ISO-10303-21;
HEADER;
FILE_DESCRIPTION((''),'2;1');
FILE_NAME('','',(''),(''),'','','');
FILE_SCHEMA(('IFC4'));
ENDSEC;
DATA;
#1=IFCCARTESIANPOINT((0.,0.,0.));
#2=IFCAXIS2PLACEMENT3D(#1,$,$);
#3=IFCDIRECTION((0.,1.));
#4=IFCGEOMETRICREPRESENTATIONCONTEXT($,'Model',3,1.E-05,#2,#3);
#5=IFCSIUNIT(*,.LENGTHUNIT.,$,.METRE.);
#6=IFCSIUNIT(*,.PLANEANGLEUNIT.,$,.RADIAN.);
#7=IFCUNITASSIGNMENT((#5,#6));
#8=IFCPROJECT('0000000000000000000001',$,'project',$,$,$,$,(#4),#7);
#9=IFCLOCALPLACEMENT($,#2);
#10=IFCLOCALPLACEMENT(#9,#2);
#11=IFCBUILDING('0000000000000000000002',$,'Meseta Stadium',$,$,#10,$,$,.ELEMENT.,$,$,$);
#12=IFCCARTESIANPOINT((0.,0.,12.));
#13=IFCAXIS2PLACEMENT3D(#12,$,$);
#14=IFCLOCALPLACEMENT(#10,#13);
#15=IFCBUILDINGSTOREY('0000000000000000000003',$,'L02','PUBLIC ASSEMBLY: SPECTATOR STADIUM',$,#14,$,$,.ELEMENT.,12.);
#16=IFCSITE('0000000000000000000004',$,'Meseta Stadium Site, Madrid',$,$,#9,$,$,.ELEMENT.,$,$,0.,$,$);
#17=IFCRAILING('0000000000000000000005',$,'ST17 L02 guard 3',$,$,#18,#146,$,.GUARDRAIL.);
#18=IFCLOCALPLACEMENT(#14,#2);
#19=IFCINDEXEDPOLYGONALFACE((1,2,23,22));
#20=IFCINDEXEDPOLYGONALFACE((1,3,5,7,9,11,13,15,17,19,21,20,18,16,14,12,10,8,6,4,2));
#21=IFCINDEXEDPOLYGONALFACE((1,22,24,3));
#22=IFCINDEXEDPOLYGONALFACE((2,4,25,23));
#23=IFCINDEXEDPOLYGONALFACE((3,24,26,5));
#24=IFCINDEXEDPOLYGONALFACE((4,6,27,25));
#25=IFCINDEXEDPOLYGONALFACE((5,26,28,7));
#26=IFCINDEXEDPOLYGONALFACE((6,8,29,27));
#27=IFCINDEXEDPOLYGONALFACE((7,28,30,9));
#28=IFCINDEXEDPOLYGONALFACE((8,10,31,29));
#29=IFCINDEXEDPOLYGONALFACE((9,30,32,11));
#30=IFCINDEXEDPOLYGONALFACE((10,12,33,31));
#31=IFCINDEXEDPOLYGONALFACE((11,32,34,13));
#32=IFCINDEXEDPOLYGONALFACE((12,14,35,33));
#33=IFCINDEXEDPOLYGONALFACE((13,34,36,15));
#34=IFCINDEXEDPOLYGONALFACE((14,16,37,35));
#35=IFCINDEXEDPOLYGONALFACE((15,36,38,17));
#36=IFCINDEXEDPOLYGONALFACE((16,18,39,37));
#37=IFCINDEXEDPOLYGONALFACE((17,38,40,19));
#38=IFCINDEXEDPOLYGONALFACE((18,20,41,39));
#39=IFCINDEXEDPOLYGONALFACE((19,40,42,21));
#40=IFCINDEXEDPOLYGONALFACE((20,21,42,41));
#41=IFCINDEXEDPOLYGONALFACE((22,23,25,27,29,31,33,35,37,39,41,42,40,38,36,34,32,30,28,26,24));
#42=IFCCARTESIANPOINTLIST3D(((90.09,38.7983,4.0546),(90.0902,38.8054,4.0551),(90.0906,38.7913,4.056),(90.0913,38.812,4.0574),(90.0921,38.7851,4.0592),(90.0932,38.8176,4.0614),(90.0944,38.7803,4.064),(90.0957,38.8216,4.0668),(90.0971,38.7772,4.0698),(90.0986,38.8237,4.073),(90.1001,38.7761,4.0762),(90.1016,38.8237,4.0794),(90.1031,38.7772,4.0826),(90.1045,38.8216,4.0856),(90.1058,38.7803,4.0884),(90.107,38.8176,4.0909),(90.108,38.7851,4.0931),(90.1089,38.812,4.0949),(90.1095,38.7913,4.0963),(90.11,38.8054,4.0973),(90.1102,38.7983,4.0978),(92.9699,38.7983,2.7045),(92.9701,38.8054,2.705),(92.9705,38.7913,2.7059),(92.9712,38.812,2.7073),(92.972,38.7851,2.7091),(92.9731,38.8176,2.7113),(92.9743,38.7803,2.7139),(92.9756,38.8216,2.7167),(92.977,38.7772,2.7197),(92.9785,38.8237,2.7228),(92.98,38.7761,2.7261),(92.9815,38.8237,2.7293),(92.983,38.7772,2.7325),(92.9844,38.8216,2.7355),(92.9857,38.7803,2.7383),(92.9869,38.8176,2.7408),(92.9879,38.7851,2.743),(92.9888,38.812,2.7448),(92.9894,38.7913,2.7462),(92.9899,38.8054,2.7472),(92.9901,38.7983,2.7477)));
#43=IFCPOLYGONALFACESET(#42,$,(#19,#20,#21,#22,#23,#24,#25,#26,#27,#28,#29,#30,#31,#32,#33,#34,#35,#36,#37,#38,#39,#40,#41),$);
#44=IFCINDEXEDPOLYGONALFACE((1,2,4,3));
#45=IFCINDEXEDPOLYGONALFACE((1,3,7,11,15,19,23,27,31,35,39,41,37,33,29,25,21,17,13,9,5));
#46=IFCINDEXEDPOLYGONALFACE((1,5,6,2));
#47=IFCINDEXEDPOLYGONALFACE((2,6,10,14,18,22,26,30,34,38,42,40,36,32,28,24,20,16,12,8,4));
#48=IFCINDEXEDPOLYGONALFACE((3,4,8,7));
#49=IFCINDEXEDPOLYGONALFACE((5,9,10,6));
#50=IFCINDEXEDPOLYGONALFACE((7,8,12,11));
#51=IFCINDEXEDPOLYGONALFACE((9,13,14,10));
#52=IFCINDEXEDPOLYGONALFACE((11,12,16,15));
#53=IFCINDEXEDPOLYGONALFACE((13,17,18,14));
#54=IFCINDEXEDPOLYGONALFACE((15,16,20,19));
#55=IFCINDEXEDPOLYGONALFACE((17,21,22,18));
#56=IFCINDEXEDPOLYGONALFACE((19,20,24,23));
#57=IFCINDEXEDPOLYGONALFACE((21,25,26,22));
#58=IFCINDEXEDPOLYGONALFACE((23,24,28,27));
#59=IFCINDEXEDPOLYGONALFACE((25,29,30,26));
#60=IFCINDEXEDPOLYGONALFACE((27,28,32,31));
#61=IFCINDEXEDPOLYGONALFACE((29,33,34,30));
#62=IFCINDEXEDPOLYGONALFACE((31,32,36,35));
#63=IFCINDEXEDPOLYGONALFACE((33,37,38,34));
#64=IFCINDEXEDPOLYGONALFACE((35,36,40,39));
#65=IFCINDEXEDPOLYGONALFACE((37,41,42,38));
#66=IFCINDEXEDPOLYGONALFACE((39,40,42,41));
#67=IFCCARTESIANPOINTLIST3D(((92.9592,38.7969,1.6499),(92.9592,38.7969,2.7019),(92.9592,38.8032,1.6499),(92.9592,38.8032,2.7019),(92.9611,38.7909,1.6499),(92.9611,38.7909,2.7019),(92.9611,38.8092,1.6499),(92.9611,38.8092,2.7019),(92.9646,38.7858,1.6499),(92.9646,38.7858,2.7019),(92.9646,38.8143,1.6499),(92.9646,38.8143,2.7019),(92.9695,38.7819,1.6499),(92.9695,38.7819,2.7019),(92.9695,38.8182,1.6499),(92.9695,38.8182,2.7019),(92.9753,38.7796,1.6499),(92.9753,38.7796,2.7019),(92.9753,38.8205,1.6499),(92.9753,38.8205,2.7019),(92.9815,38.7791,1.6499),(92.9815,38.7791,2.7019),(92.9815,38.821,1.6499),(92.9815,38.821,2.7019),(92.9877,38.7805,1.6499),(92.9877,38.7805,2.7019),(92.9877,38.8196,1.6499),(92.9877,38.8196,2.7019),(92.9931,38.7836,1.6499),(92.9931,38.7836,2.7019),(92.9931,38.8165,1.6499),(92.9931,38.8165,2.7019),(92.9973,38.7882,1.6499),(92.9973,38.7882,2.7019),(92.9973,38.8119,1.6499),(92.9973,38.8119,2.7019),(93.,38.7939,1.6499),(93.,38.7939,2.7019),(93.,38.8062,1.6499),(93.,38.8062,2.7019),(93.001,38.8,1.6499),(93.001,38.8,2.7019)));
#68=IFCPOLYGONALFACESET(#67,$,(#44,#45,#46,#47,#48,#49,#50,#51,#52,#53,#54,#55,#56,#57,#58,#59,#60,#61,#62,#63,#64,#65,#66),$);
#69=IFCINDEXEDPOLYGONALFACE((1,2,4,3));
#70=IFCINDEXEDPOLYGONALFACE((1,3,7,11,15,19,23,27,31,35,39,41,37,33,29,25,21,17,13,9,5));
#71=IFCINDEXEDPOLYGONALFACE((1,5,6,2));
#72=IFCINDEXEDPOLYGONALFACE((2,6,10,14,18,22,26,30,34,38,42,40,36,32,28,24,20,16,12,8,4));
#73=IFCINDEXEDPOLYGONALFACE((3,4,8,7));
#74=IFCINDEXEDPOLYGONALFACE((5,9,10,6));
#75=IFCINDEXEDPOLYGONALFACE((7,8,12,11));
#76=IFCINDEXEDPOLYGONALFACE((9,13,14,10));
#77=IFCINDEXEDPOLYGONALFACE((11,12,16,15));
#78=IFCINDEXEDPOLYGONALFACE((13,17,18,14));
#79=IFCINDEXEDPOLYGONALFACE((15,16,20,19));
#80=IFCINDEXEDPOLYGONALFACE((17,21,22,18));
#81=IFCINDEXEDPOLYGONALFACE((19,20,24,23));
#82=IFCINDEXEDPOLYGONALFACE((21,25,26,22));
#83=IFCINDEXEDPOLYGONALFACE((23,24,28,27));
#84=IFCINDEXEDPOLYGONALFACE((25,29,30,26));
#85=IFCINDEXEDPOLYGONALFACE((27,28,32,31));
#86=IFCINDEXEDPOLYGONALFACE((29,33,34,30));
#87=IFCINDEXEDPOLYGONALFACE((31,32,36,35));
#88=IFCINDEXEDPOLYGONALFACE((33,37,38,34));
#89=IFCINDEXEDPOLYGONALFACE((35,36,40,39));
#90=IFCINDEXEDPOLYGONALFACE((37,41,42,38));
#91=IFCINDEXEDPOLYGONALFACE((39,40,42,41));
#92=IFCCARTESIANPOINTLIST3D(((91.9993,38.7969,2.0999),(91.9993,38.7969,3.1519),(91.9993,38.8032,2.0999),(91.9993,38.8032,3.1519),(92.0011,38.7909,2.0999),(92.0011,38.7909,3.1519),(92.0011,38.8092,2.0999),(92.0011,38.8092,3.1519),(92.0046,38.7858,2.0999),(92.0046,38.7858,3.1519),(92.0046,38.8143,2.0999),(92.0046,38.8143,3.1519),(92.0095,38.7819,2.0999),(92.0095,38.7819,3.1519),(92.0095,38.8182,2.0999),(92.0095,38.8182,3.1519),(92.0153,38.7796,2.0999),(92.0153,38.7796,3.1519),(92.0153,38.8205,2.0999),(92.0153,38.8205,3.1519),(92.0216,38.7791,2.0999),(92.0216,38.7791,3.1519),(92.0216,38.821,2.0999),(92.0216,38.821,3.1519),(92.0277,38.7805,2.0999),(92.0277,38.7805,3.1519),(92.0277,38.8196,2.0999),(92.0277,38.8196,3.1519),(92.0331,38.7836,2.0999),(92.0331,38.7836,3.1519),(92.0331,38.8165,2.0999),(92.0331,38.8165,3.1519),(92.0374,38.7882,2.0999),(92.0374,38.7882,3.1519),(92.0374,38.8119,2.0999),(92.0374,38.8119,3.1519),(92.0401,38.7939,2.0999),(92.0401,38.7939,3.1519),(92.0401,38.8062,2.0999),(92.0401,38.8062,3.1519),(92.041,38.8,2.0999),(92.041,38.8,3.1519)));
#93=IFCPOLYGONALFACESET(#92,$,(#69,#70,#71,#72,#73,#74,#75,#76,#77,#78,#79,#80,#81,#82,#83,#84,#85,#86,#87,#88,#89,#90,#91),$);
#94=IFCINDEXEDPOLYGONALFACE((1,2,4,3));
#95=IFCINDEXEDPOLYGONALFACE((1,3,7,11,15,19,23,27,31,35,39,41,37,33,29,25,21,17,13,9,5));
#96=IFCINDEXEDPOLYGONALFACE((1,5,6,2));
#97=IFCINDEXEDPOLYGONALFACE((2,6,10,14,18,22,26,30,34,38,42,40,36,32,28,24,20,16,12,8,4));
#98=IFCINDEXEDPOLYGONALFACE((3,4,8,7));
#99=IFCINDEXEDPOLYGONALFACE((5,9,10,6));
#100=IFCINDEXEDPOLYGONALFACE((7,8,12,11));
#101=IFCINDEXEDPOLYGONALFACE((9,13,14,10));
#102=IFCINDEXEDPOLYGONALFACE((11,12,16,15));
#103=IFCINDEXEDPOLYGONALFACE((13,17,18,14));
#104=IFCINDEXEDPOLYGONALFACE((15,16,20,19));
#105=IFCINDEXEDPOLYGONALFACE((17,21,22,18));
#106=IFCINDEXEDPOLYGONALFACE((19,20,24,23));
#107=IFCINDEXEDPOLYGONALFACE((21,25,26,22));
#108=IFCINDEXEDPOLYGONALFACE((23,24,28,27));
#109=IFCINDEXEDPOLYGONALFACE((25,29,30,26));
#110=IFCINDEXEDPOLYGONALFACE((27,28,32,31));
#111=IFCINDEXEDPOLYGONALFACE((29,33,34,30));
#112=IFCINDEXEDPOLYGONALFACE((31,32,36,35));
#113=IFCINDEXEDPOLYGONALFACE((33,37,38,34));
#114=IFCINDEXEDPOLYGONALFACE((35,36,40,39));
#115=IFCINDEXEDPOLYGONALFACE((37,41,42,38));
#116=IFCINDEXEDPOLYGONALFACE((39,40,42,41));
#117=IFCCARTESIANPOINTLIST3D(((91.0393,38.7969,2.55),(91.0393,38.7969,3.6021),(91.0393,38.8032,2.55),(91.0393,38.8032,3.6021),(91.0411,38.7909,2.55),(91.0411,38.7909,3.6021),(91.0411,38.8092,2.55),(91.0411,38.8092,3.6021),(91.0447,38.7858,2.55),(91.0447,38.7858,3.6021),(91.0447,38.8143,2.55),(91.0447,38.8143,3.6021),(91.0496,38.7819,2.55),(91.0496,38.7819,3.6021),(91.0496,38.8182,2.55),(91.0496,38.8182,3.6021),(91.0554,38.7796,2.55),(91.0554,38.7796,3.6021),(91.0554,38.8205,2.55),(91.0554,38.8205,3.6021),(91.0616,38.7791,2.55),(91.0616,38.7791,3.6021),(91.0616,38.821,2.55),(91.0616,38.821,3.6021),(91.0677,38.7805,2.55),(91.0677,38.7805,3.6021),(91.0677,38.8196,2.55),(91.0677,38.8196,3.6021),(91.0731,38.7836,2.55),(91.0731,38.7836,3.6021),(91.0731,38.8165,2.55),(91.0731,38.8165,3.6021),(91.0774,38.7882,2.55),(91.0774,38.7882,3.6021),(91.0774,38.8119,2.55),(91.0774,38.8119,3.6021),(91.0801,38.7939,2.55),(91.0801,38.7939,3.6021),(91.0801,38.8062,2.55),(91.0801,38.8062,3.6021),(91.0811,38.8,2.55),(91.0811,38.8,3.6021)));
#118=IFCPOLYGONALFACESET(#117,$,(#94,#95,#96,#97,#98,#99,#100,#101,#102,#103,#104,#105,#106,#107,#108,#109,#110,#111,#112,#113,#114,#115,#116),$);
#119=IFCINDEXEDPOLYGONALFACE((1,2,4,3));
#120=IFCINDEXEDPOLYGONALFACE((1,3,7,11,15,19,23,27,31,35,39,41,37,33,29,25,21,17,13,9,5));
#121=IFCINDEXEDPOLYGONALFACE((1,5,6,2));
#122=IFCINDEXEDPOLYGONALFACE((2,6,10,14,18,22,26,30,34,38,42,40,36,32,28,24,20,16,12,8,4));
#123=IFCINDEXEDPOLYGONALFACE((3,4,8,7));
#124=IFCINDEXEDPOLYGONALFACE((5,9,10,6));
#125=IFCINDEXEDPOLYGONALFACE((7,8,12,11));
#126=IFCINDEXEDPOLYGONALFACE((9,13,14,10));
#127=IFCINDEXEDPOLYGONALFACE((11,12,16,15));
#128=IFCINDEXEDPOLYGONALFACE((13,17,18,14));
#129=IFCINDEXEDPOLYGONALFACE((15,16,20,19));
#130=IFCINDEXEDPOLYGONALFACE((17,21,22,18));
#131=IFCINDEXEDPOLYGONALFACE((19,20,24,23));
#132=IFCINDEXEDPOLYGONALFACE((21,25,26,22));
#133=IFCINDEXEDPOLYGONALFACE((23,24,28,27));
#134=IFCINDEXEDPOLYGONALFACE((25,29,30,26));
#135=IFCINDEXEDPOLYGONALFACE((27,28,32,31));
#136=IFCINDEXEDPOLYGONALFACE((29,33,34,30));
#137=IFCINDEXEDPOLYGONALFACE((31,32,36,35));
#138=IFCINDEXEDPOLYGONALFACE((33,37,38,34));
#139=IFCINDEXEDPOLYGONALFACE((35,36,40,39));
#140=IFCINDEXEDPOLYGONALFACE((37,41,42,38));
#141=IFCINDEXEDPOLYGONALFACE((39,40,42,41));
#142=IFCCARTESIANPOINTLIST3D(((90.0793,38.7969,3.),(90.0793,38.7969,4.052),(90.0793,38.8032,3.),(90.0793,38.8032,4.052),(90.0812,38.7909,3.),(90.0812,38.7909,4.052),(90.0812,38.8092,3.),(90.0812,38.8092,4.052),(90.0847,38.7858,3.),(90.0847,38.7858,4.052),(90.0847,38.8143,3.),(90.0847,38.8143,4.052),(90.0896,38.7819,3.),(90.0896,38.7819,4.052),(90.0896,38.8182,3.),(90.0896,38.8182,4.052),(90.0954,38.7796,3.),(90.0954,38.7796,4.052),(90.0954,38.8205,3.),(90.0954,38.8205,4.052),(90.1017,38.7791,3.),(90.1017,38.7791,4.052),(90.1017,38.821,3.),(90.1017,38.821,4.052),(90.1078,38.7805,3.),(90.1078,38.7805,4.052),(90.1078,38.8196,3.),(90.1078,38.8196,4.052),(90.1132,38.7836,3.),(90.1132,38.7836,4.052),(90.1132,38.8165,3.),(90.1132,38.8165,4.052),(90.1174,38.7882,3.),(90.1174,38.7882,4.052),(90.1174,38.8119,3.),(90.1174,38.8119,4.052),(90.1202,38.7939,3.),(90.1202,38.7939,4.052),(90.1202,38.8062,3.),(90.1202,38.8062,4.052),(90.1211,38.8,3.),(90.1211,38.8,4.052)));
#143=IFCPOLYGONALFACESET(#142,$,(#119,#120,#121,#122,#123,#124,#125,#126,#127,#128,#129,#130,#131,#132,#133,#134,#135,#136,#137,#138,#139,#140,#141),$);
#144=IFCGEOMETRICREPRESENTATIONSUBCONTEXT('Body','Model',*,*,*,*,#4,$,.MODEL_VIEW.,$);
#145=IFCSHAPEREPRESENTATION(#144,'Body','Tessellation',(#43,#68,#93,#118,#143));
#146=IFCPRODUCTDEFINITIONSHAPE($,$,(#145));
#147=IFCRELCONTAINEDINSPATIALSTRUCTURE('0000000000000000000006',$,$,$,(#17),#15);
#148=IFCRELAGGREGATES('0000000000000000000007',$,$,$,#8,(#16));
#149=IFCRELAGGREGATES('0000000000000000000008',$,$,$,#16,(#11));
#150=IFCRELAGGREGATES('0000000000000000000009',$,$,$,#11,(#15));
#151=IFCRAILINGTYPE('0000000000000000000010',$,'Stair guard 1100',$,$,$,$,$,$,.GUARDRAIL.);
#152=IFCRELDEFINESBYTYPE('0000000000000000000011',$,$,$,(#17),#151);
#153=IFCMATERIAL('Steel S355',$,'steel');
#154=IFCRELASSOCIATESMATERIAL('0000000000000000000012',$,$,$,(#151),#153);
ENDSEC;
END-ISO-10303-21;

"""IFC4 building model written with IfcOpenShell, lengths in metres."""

from ifc_helpers import new_model, si_unit, direction, frame, origin, origin_2d, place, context, subcontext, project, spatial, circle, extrude, material, type_object, element, save


model = new_model("IFC4")

# Units and contexts
model_context = context("Model", 3, precision=1e-05, world=origin(), true_north=direction((0.0, 1.0)))
body_context = subcontext(model_context, "Body", "Model", "MODEL_VIEW")
ifc_project = project(units=[si_unit("LENGTHUNIT", "METRE"), si_unit("PLANEANGLEUNIT", "RADIAN")], contexts=[model_context])

# Site, building, storey
site_placement = place(None, origin())
site = spatial("IfcSite", under=ifc_project, at=site_placement, Name="Meseta Stadium Site, Madrid", CompositionType="ELEMENT", RefElevation=0.0)
building_placement = place(site_placement, origin())
building = spatial("IfcBuilding", under=site, at=building_placement, Name="Meseta Stadium", CompositionType="ELEMENT")
storey_placement = place(building_placement, frame((0.0, 0.0, 12.0)))
storey = spatial("IfcBuildingStorey", under=building, at=storey_placement, Name="L02", Description="PUBLIC ASSEMBLY: SPECTATOR STADIUM", CompositionType="ELEMENT", Elevation=12.0)

# Railing
ifc_material_1 = material(Name="Steel S355", Category="steel")
railing_type_1 = type_object("IfcRailingType", Name="Stair guard 1100", PredefinedType="GUARDRAIL", material=ifc_material_1)
railing_1_placement = place(storey_placement, frame((92.98, 38.8, 1.6499)))
element("IfcRailing", 1, at=railing_1_placement, inside=storey, type_object=railing_type_1, Name="ST17 L02 guard 3", PredefinedType="GUARDRAIL", context=body_context, shape_type="SweptSolid", body=[
    extrude(circle(Radius=0.0239, at=origin_2d()), frame((0.0, 0.0, 1.0762), z_axis=(-0.90544, 0.0, 0.424473), x_axis=(0.0, -1.0, 0.0)), (0.0, 0.0, 1.0), 3.1807),
    extrude(circle(Radius=0.021, at=origin_2d()), origin(), (0.0, 0.0, 1.0), 1.052),
    extrude(circle(Radius=0.021, at=origin_2d()), frame((-0.96, 0.0, 0.45)), (0.0, 0.0, 1.0), 1.052),
    extrude(circle(Radius=0.021, at=origin_2d()), frame((-1.9199, 0.0, 0.9001)), (0.0, 0.0, 1.0), 1.052),
    extrude(circle(Radius=0.021, at=origin_2d()), frame((-2.8799, 0.0, 1.3501)), (0.0, 0.0, 1.0), 1.052),
])

save(model, "model.ifc")
